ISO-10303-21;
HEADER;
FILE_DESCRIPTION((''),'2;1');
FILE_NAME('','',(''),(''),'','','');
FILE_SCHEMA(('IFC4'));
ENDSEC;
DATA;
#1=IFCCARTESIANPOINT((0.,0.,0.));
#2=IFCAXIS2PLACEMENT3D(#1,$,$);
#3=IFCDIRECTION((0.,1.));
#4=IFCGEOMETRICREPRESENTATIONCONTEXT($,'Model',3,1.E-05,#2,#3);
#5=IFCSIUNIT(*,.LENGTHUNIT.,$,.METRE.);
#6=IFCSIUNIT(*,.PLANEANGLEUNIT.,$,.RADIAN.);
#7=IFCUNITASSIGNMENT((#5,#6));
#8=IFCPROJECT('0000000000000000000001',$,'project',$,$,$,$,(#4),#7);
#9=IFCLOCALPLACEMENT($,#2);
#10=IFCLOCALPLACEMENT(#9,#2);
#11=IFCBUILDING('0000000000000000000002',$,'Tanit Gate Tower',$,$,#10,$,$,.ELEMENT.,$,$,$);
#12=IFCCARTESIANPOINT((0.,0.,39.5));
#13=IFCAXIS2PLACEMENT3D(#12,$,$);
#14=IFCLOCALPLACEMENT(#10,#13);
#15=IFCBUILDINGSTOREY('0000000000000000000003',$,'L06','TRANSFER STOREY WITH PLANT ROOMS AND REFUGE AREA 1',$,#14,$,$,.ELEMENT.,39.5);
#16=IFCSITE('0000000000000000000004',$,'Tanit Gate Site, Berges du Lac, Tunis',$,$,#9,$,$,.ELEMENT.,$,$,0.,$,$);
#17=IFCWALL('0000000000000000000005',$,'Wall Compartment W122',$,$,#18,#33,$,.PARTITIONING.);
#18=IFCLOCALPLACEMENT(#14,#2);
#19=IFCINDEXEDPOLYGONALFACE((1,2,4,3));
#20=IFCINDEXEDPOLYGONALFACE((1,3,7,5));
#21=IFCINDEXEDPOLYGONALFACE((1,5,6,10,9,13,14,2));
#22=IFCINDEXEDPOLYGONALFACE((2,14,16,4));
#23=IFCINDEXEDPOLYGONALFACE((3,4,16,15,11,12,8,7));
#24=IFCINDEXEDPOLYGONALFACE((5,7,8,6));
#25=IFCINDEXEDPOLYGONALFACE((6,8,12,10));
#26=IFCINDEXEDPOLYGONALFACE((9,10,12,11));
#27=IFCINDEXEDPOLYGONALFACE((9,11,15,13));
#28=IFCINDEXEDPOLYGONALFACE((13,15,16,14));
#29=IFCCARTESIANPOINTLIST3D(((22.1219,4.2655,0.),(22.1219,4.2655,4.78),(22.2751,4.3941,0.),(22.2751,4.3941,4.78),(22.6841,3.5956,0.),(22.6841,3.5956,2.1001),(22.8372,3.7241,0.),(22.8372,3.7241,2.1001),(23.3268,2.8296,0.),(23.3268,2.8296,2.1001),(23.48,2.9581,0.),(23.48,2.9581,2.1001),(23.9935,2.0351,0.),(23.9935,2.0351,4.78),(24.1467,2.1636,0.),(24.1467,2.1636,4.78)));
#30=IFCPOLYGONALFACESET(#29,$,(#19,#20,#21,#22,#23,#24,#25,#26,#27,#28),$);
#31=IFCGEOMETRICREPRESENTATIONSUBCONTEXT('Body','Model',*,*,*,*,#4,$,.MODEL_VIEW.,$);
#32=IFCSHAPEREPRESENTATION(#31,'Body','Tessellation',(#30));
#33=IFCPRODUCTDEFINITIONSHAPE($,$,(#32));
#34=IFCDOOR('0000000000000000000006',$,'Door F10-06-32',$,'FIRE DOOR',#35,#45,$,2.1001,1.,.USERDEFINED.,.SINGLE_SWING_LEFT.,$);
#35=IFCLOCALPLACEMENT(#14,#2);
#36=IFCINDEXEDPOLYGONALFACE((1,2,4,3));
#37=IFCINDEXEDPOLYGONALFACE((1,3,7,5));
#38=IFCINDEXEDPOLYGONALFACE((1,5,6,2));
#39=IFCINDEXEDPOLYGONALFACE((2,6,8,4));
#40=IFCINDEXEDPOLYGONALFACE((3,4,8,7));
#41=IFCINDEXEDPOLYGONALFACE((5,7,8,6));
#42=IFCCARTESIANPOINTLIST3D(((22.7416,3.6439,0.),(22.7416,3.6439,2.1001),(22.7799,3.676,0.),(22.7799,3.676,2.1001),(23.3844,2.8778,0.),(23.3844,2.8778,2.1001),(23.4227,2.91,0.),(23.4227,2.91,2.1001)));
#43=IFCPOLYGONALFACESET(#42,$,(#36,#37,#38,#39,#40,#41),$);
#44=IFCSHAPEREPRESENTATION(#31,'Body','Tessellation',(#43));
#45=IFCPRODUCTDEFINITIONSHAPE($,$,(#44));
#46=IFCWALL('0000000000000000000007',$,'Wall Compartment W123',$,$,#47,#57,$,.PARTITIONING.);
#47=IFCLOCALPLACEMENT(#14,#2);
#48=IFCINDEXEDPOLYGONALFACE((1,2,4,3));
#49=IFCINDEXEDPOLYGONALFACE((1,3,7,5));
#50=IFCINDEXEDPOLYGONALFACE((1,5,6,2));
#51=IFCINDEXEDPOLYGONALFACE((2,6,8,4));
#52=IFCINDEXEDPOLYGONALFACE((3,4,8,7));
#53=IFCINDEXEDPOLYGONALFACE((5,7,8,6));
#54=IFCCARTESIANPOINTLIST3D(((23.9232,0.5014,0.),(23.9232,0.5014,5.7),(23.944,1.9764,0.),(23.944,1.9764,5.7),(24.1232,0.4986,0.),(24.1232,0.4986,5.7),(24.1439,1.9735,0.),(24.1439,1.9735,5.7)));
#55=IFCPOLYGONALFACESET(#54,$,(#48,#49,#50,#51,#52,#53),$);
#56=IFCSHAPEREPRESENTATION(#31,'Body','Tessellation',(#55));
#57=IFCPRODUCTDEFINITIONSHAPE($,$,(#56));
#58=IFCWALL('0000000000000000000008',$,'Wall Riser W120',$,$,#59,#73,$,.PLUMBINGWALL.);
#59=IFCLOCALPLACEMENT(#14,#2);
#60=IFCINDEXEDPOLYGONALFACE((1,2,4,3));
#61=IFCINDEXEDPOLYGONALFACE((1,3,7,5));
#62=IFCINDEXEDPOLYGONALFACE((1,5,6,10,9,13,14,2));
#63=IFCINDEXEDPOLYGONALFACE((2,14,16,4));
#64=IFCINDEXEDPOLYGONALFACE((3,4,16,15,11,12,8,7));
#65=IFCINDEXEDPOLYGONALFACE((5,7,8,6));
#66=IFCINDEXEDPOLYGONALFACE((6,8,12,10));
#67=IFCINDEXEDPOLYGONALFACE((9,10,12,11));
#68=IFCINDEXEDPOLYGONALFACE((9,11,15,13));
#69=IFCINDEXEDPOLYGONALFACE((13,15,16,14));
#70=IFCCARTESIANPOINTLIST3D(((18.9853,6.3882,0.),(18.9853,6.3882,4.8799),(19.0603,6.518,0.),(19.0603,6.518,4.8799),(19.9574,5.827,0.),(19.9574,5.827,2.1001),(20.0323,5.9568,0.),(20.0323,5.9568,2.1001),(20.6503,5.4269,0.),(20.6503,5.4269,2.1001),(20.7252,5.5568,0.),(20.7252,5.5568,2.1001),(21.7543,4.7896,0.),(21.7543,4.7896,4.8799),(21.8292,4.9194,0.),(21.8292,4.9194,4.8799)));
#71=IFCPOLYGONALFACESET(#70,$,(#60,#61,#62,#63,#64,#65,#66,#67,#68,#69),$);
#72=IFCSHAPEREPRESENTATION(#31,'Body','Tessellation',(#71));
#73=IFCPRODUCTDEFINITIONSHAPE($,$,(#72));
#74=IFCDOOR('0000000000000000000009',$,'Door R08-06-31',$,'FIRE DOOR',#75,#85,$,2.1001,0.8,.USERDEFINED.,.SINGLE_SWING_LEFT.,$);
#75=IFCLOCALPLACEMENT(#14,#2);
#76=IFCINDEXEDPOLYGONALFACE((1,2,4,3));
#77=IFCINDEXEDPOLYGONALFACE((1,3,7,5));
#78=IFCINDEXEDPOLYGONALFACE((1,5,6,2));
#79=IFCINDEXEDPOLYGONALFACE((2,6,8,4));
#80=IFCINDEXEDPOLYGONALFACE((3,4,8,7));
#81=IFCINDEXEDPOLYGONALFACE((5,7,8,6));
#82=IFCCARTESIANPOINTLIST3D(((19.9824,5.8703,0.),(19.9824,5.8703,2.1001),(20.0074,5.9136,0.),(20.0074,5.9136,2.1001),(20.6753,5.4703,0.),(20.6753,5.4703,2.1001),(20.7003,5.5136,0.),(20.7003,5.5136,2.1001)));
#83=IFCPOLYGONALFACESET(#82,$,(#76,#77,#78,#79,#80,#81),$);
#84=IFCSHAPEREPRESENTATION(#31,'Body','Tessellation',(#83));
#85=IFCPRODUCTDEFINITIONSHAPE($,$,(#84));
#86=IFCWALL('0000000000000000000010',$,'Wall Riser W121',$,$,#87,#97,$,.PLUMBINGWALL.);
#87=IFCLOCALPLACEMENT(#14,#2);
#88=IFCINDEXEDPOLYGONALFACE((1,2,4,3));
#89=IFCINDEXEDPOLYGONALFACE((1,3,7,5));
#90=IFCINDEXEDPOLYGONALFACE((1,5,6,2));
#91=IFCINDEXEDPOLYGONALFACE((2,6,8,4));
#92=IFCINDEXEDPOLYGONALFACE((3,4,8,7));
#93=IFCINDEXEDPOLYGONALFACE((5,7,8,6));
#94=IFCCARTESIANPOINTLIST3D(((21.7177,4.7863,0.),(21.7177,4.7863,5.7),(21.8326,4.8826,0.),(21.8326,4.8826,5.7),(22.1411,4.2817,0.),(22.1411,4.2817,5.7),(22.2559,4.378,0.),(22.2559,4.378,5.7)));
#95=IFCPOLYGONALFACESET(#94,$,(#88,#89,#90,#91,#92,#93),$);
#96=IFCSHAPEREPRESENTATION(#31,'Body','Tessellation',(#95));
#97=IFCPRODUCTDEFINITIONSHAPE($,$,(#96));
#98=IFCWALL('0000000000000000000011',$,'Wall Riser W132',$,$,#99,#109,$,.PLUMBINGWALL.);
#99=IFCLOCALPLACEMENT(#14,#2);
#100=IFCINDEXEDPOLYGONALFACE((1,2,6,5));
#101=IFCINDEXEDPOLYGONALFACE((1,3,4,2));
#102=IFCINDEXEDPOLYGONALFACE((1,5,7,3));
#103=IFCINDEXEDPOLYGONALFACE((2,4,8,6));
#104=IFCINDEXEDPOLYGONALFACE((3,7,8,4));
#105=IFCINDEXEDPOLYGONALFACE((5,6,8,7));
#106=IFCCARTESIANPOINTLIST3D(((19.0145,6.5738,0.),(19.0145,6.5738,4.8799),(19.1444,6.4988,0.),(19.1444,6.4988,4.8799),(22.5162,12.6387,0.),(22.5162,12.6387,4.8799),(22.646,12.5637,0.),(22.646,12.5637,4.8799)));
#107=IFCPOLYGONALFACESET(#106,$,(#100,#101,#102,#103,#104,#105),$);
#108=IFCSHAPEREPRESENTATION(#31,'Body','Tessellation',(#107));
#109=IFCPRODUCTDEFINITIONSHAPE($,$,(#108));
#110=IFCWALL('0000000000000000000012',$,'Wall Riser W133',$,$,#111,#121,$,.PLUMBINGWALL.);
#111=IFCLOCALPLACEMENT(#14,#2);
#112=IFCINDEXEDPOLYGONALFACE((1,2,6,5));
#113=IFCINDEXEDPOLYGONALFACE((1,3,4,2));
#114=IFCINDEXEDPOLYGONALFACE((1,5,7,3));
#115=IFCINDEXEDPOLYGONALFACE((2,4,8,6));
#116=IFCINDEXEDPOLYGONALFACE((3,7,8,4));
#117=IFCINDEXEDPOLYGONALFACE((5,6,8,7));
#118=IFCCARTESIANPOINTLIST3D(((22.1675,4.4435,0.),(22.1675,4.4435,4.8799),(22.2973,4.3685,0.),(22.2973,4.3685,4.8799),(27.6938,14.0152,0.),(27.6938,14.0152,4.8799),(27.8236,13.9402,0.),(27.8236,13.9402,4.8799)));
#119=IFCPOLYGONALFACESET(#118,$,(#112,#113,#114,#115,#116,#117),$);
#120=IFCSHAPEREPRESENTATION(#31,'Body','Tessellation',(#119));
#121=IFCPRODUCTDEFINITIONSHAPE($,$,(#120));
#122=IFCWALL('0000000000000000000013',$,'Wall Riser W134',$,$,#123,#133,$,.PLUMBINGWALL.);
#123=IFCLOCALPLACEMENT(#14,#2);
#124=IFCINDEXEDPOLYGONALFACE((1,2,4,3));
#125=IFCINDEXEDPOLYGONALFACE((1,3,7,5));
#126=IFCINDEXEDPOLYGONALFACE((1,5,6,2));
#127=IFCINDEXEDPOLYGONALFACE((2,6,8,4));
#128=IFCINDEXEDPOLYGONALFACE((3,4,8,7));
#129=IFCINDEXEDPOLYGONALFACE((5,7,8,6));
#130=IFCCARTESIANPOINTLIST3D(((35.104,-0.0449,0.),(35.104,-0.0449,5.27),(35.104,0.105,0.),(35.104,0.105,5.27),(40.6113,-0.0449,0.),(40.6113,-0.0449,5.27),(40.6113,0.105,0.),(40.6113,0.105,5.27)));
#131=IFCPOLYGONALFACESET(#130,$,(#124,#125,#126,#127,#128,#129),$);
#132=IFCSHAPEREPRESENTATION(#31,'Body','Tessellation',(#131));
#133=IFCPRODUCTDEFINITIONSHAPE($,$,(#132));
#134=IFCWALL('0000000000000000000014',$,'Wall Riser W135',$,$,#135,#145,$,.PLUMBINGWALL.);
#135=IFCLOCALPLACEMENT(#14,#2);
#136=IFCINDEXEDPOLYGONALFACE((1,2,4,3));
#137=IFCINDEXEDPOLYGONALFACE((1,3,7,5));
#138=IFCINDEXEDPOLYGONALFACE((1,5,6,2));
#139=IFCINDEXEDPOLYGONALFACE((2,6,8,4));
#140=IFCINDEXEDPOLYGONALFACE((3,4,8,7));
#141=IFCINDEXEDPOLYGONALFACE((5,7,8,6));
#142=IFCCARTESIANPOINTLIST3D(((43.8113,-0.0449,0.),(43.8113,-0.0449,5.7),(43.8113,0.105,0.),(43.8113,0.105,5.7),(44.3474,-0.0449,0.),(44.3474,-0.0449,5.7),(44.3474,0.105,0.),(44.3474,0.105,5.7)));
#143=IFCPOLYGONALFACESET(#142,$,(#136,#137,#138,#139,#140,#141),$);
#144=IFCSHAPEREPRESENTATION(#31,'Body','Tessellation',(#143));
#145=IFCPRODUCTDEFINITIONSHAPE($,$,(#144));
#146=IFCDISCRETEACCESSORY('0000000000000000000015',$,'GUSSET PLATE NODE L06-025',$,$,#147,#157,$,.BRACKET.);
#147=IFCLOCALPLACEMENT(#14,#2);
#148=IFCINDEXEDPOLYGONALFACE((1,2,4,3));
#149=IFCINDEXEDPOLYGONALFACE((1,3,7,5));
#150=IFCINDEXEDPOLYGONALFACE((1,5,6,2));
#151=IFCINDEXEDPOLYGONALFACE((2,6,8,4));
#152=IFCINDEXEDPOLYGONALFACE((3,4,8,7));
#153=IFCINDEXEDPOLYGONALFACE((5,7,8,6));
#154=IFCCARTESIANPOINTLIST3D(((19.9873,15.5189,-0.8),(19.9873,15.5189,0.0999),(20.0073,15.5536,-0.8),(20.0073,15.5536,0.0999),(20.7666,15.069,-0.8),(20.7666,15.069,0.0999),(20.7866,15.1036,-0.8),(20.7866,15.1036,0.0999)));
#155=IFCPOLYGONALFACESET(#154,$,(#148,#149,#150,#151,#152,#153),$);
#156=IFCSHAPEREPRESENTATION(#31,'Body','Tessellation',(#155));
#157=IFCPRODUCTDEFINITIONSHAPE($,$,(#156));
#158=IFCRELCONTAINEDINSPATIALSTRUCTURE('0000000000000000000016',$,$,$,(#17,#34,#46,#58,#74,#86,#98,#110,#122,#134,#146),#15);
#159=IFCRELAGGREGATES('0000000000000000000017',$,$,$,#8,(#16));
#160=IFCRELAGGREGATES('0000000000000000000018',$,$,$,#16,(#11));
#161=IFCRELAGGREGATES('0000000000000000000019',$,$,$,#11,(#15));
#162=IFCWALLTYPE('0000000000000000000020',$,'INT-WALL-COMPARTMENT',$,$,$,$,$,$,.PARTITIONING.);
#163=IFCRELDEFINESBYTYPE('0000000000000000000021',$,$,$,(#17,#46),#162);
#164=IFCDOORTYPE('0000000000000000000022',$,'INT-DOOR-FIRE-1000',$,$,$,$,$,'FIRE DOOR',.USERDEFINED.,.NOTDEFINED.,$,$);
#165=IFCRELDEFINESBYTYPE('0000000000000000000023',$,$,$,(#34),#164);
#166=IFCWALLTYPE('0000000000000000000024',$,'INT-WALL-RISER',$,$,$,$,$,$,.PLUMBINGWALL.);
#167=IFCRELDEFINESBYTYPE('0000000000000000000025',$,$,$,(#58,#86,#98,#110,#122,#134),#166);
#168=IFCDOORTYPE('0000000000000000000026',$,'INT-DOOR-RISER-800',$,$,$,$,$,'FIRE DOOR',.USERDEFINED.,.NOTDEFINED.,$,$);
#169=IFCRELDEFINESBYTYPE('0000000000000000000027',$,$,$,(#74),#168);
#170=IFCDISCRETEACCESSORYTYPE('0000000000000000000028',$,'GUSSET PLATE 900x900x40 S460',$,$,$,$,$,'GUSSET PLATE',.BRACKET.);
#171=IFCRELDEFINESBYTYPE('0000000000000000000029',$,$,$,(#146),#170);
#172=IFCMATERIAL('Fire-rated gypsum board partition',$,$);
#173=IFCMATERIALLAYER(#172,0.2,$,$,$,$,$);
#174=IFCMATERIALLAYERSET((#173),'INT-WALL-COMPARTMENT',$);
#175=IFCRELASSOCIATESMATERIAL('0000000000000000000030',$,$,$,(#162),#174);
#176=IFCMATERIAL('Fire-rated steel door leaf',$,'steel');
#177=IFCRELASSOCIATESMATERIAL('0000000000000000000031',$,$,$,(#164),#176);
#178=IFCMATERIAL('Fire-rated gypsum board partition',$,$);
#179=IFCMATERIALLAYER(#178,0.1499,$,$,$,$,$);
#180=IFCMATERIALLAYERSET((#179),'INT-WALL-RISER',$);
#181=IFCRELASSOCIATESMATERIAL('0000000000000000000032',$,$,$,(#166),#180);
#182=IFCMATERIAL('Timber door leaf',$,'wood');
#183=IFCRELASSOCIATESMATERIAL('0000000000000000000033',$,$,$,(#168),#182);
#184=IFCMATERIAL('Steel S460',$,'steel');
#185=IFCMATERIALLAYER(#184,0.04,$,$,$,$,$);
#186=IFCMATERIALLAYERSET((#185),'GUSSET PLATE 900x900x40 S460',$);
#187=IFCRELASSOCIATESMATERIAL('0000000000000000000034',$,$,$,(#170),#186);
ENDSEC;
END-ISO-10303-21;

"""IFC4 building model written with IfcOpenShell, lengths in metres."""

from ifc_helpers import new_model, si_unit, direction, frame, frame_2d, origin, origin_2d, place, context, subcontext, project, spatial, rectangle, extrude, material, layer, layer_set, type_object, element, fill, save


model = new_model("IFC4")

# Units and contexts
model_context = context("Model", 3, precision=1e-05, world=origin(), true_north=direction((0.0, 1.0)))
body_context = subcontext(model_context, "Body", "Model", "MODEL_VIEW")
ifc_project = project(units=[si_unit("LENGTHUNIT", "METRE"), si_unit("PLANEANGLEUNIT", "RADIAN")], contexts=[model_context])

# Site, building, storey
site_placement = place(None, origin())
site = spatial("IfcSite", under=ifc_project, at=site_placement, Name="Tanit Gate Site, Berges du Lac, Tunis", CompositionType="ELEMENT", RefElevation=0.0)
building_placement = place(site_placement, origin())
building = spatial("IfcBuilding", under=site, at=building_placement, Name="Tanit Gate Tower", CompositionType="ELEMENT")
storey_placement = place(building_placement, frame((0.0, 0.0, 39.5)))
storey = spatial("IfcBuildingStorey", under=building, at=storey_placement, Name="L06", Description="TRANSFER STOREY WITH PLANT ROOMS AND REFUGE AREA 1", CompositionType="ELEMENT", Elevation=39.5)

# Wall, opening, door
ifc_material_1 = material(Name="Fire-rated gypsum board partition")
ifc_layer_1 = layer(ifc_material_1, 0.2)
ifc_layer_set_1 = layer_set([ifc_layer_1], Name="INT-WALL-COMPARTMENT")
wall_type_1 = type_object("IfcWallType", Name="INT-WALL-COMPARTMENT", PredefinedType="PARTITIONING", material=ifc_layer_set_1)
wall_1_placement = place(storey_placement, frame((24.0701, 2.0994, 0.0), z_axis=(0.0, 0.0, 1.0), x_axis=(-0.642787, 0.766045, 0.0)))
wall_1 = element("IfcWall", 1, at=wall_1_placement, inside=storey, type_object=wall_type_1, Name="Wall Compartment W122", PredefinedType="PARTITIONING", context=body_context, shape_type="SweptSolid", body=[
    extrude(rectangle(XDim=2.9116, YDim=0.2, at=frame_2d((1.4558, 0.0))), origin(), (0.0, 0.0, 1.0), 4.78),
])
opening_1_placement = place(wall_1_placement, frame((1.0371, 0.0, 0.0)))
opening_1 = element("IfcOpeningElement", 2, at=opening_1_placement, cuts=wall_1, PredefinedType="OPENING", context=body_context, shape_type="SweptSolid", body=[
    extrude(rectangle(XDim=1.0, YDim=2.1001, at=frame_2d((0.5, 1.05))), frame((0.0, 0.1099, 0.0), z_axis=(0.0, -1.0, 0.0), x_axis=(1.0, 0.0, 0.0)), (0.0, 0.0, 1.0), 0.22),
])
ifc_material_2 = material(Name="Fire-rated steel door leaf", Category="steel")
door_type_1 = type_object("IfcDoorType", Name="INT-DOOR-FIRE-1000", ElementType="FIRE DOOR", OperationType="NOTDEFINED", PredefinedType="USERDEFINED", material=ifc_material_2)
door_1_placement = place(opening_1_placement, origin())
door_1 = element("IfcDoor", 3, at=door_1_placement, inside=storey, type_object=door_type_1, Name="Door F10-06-32", ObjectType="FIRE DOOR", OperationType="SINGLE_SWING_LEFT", OverallHeight=2.1001, OverallWidth=1.0, PredefinedType="USERDEFINED", context=body_context, shape_type="SweptSolid", body=[
    extrude(rectangle(XDim=1.0, YDim=2.1001, at=frame_2d((0.5, 1.05))), frame((0.0, 0.0249, 0.0), z_axis=(0.0, -1.0, 0.0), x_axis=(1.0, 0.0, 0.0)), (0.0, 0.0, 1.0), 0.05),
])
fill(opening_1, door_1)

# Wall
wall_2_placement = place(storey_placement, frame((24.0232, 0.5, 0.0), z_axis=(0.0, 0.0, 1.0), x_axis=(0.014069, 0.999901, 0.0)))
element("IfcWall", 4, at=wall_2_placement, inside=storey, type_object=wall_type_1, Name="Wall Compartment W123", PredefinedType="PARTITIONING", context=body_context, shape_type="SweptSolid", body=[
    extrude(rectangle(XDim=1.4751, YDim=0.2, at=frame_2d((0.7375, 0.0))), origin(), (0.0, 0.0, 1.0), 5.7),
])

# Wall, opening, door
ifc_material_3 = material(Name="Fire-rated gypsum board partition")
ifc_layer_2 = layer(ifc_material_3, 0.1499)
ifc_layer_set_2 = layer_set([ifc_layer_2], Name="INT-WALL-RISER")
wall_type_2 = type_object("IfcWallType", Name="INT-WALL-RISER", PredefinedType="PLUMBINGWALL", material=ifc_layer_set_2)
wall_3_placement = place(storey_placement, frame((21.7917, 4.8545, 0.0), z_axis=(0.0, 0.0, 1.0), x_axis=(-0.866036, 0.499982, 0.0)))
wall_3 = element("IfcWall", 5, at=wall_3_placement, inside=storey, type_object=wall_type_2, Name="Wall Riser W120", PredefinedType="PLUMBINGWALL", context=body_context, shape_type="SweptSolid", body=[
    extrude(rectangle(XDim=3.1973, YDim=0.1499, at=frame_2d((1.5986, 0.0))), origin(), (0.0, 0.0, 1.0), 4.8799),
])
opening_2_placement = place(wall_3_placement, frame((1.2749, 0.0, 0.0)))
opening_2 = element("IfcOpeningElement", 6, at=opening_2_placement, cuts=wall_3, PredefinedType="OPENING", context=body_context, shape_type="SweptSolid", body=[
    extrude(rectangle(XDim=0.8, YDim=2.1001, at=frame_2d((0.3999, 1.05))), frame((0.0, 0.085, 0.0), z_axis=(0.0, -1.0, 0.0), x_axis=(1.0, 0.0, 0.0)), (0.0, 0.0, 1.0), 0.1699),
])
ifc_material_4 = material(Name="Timber door leaf", Category="wood")
door_type_2 = type_object("IfcDoorType", Name="INT-DOOR-RISER-800", ElementType="FIRE DOOR", OperationType="NOTDEFINED", PredefinedType="USERDEFINED", material=ifc_material_4)
door_2_placement = place(opening_2_placement, origin())
door_2 = element("IfcDoor", 7, at=door_2_placement, inside=storey, type_object=door_type_2, Name="Door R08-06-31", ObjectType="FIRE DOOR", OperationType="SINGLE_SWING_LEFT", OverallHeight=2.1001, OverallWidth=0.8, PredefinedType="USERDEFINED", context=body_context, shape_type="SweptSolid", body=[
    extrude(rectangle(XDim=0.8, YDim=2.1001, at=frame_2d((0.3999, 1.05))), frame((0.0, 0.0249, 0.0), z_axis=(0.0, -1.0, 0.0), x_axis=(1.0, 0.0, 0.0)), (0.0, 0.0, 1.0), 0.05),
])
fill(opening_2, door_2)

# Walls
wall_4_placement = place(storey_placement, frame((22.1985, 4.3298, 0.0), z_axis=(0.0, 0.0, 1.0), x_axis=(-0.642696, 0.766121, 0.0)))
element("IfcWall", 8, at=wall_4_placement, inside=storey, type_object=wall_type_2, Name="Wall Riser W121", PredefinedType="PLUMBINGWALL", context=body_context, shape_type="SweptSolid", body=[
    extrude(rectangle(XDim=0.6587, YDim=0.1499, at=frame_2d((0.3293, 0.0))), origin(), (0.0, 0.0, 1.0), 5.7),
])
wall_5_placement = place(storey_placement, frame((22.5811, 12.6011, 0.0), z_axis=(0.0, 0.0, 1.0), x_axis=(-0.500012, -0.866018, 0.0)))
element("IfcWall", 9, at=wall_5_placement, inside=storey, type_object=wall_type_2, Name="Wall Riser W132", PredefinedType="PLUMBINGWALL", context=body_context, shape_type="SweptSolid", body=[
    extrude(rectangle(XDim=7.0032, YDim=0.1499, at=frame_2d((3.5015, 0.0))), origin(), (0.0, 0.0, 1.0), 4.8799),
])
wall_6_placement = place(storey_placement, frame((27.7588, 13.9778, 0.0), z_axis=(0.0, 0.0, 1.0), x_axis=(-0.500007, -0.866022, 0.0)))
element("IfcWall", 10, at=wall_6_placement, inside=storey, type_object=wall_type_2, Name="Wall Riser W133", PredefinedType="PLUMBINGWALL", context=body_context, shape_type="SweptSolid", body=[
    extrude(rectangle(XDim=11.0525, YDim=0.1499, at=frame_2d((5.5264, 0.0))), origin(), (0.0, 0.0, 1.0), 4.8799),
])
wall_7_placement = place(storey_placement, frame((35.104, 0.03, 0.0), z_axis=(0.0, 0.0, 1.0), x_axis=(1.0, 0.0, 0.0)))
element("IfcWall", 11, at=wall_7_placement, inside=storey, type_object=wall_type_2, Name="Wall Riser W134", PredefinedType="PLUMBINGWALL", context=body_context, shape_type="SweptSolid", body=[
    extrude(rectangle(XDim=5.5073, YDim=0.1499, at=frame_2d((2.7537, 0.0))), origin(), (0.0, 0.0, 1.0), 5.27),
])
wall_8_placement = place(storey_placement, frame((43.8113, 0.03, 0.0), z_axis=(0.0, 0.0, 1.0), x_axis=(1.0, 0.0, 0.0)))
element("IfcWall", 12, at=wall_8_placement, inside=storey, type_object=wall_type_2, Name="Wall Riser W135", PredefinedType="PLUMBINGWALL", context=body_context, shape_type="SweptSolid", body=[
    extrude(rectangle(XDim=0.5361, YDim=0.1499, at=frame_2d((0.2681, 0.0))), origin(), (0.0, 0.0, 1.0), 5.7),
])

# Discrete accessory
ifc_material_5 = material(Name="Steel S460", Category="steel")
ifc_layer_3 = layer(ifc_material_5, 0.04)
ifc_layer_set_3 = layer_set([ifc_layer_3], Name="GUSSET PLATE 900x900x40 S460")
discrete_accessory_type = type_object("IfcDiscreteAccessoryType", Name="GUSSET PLATE 900x900x40 S460", ElementType="GUSSET PLATE", PredefinedType="BRACKET", material=ifc_layer_set_3)
discrete_accessory_placement = place(storey_placement, frame((20.387, 15.3113, -0.8), z_axis=(0.0, 0.0, 1.0), x_axis=(-0.866025, 0.5, 0.0)))
element("IfcDiscreteAccessory", 13, at=discrete_accessory_placement, inside=storey, type_object=discrete_accessory_type, Name="GUSSET PLATE NODE L06-025", PredefinedType="BRACKET", context=body_context, shape_type="SweptSolid", body=[
    extrude(rectangle(XDim=0.8999, YDim=0.04, at=origin_2d()), origin(), (0.0, 0.0, 1.0), 0.8999),
])

save(model, "model.ifc")
